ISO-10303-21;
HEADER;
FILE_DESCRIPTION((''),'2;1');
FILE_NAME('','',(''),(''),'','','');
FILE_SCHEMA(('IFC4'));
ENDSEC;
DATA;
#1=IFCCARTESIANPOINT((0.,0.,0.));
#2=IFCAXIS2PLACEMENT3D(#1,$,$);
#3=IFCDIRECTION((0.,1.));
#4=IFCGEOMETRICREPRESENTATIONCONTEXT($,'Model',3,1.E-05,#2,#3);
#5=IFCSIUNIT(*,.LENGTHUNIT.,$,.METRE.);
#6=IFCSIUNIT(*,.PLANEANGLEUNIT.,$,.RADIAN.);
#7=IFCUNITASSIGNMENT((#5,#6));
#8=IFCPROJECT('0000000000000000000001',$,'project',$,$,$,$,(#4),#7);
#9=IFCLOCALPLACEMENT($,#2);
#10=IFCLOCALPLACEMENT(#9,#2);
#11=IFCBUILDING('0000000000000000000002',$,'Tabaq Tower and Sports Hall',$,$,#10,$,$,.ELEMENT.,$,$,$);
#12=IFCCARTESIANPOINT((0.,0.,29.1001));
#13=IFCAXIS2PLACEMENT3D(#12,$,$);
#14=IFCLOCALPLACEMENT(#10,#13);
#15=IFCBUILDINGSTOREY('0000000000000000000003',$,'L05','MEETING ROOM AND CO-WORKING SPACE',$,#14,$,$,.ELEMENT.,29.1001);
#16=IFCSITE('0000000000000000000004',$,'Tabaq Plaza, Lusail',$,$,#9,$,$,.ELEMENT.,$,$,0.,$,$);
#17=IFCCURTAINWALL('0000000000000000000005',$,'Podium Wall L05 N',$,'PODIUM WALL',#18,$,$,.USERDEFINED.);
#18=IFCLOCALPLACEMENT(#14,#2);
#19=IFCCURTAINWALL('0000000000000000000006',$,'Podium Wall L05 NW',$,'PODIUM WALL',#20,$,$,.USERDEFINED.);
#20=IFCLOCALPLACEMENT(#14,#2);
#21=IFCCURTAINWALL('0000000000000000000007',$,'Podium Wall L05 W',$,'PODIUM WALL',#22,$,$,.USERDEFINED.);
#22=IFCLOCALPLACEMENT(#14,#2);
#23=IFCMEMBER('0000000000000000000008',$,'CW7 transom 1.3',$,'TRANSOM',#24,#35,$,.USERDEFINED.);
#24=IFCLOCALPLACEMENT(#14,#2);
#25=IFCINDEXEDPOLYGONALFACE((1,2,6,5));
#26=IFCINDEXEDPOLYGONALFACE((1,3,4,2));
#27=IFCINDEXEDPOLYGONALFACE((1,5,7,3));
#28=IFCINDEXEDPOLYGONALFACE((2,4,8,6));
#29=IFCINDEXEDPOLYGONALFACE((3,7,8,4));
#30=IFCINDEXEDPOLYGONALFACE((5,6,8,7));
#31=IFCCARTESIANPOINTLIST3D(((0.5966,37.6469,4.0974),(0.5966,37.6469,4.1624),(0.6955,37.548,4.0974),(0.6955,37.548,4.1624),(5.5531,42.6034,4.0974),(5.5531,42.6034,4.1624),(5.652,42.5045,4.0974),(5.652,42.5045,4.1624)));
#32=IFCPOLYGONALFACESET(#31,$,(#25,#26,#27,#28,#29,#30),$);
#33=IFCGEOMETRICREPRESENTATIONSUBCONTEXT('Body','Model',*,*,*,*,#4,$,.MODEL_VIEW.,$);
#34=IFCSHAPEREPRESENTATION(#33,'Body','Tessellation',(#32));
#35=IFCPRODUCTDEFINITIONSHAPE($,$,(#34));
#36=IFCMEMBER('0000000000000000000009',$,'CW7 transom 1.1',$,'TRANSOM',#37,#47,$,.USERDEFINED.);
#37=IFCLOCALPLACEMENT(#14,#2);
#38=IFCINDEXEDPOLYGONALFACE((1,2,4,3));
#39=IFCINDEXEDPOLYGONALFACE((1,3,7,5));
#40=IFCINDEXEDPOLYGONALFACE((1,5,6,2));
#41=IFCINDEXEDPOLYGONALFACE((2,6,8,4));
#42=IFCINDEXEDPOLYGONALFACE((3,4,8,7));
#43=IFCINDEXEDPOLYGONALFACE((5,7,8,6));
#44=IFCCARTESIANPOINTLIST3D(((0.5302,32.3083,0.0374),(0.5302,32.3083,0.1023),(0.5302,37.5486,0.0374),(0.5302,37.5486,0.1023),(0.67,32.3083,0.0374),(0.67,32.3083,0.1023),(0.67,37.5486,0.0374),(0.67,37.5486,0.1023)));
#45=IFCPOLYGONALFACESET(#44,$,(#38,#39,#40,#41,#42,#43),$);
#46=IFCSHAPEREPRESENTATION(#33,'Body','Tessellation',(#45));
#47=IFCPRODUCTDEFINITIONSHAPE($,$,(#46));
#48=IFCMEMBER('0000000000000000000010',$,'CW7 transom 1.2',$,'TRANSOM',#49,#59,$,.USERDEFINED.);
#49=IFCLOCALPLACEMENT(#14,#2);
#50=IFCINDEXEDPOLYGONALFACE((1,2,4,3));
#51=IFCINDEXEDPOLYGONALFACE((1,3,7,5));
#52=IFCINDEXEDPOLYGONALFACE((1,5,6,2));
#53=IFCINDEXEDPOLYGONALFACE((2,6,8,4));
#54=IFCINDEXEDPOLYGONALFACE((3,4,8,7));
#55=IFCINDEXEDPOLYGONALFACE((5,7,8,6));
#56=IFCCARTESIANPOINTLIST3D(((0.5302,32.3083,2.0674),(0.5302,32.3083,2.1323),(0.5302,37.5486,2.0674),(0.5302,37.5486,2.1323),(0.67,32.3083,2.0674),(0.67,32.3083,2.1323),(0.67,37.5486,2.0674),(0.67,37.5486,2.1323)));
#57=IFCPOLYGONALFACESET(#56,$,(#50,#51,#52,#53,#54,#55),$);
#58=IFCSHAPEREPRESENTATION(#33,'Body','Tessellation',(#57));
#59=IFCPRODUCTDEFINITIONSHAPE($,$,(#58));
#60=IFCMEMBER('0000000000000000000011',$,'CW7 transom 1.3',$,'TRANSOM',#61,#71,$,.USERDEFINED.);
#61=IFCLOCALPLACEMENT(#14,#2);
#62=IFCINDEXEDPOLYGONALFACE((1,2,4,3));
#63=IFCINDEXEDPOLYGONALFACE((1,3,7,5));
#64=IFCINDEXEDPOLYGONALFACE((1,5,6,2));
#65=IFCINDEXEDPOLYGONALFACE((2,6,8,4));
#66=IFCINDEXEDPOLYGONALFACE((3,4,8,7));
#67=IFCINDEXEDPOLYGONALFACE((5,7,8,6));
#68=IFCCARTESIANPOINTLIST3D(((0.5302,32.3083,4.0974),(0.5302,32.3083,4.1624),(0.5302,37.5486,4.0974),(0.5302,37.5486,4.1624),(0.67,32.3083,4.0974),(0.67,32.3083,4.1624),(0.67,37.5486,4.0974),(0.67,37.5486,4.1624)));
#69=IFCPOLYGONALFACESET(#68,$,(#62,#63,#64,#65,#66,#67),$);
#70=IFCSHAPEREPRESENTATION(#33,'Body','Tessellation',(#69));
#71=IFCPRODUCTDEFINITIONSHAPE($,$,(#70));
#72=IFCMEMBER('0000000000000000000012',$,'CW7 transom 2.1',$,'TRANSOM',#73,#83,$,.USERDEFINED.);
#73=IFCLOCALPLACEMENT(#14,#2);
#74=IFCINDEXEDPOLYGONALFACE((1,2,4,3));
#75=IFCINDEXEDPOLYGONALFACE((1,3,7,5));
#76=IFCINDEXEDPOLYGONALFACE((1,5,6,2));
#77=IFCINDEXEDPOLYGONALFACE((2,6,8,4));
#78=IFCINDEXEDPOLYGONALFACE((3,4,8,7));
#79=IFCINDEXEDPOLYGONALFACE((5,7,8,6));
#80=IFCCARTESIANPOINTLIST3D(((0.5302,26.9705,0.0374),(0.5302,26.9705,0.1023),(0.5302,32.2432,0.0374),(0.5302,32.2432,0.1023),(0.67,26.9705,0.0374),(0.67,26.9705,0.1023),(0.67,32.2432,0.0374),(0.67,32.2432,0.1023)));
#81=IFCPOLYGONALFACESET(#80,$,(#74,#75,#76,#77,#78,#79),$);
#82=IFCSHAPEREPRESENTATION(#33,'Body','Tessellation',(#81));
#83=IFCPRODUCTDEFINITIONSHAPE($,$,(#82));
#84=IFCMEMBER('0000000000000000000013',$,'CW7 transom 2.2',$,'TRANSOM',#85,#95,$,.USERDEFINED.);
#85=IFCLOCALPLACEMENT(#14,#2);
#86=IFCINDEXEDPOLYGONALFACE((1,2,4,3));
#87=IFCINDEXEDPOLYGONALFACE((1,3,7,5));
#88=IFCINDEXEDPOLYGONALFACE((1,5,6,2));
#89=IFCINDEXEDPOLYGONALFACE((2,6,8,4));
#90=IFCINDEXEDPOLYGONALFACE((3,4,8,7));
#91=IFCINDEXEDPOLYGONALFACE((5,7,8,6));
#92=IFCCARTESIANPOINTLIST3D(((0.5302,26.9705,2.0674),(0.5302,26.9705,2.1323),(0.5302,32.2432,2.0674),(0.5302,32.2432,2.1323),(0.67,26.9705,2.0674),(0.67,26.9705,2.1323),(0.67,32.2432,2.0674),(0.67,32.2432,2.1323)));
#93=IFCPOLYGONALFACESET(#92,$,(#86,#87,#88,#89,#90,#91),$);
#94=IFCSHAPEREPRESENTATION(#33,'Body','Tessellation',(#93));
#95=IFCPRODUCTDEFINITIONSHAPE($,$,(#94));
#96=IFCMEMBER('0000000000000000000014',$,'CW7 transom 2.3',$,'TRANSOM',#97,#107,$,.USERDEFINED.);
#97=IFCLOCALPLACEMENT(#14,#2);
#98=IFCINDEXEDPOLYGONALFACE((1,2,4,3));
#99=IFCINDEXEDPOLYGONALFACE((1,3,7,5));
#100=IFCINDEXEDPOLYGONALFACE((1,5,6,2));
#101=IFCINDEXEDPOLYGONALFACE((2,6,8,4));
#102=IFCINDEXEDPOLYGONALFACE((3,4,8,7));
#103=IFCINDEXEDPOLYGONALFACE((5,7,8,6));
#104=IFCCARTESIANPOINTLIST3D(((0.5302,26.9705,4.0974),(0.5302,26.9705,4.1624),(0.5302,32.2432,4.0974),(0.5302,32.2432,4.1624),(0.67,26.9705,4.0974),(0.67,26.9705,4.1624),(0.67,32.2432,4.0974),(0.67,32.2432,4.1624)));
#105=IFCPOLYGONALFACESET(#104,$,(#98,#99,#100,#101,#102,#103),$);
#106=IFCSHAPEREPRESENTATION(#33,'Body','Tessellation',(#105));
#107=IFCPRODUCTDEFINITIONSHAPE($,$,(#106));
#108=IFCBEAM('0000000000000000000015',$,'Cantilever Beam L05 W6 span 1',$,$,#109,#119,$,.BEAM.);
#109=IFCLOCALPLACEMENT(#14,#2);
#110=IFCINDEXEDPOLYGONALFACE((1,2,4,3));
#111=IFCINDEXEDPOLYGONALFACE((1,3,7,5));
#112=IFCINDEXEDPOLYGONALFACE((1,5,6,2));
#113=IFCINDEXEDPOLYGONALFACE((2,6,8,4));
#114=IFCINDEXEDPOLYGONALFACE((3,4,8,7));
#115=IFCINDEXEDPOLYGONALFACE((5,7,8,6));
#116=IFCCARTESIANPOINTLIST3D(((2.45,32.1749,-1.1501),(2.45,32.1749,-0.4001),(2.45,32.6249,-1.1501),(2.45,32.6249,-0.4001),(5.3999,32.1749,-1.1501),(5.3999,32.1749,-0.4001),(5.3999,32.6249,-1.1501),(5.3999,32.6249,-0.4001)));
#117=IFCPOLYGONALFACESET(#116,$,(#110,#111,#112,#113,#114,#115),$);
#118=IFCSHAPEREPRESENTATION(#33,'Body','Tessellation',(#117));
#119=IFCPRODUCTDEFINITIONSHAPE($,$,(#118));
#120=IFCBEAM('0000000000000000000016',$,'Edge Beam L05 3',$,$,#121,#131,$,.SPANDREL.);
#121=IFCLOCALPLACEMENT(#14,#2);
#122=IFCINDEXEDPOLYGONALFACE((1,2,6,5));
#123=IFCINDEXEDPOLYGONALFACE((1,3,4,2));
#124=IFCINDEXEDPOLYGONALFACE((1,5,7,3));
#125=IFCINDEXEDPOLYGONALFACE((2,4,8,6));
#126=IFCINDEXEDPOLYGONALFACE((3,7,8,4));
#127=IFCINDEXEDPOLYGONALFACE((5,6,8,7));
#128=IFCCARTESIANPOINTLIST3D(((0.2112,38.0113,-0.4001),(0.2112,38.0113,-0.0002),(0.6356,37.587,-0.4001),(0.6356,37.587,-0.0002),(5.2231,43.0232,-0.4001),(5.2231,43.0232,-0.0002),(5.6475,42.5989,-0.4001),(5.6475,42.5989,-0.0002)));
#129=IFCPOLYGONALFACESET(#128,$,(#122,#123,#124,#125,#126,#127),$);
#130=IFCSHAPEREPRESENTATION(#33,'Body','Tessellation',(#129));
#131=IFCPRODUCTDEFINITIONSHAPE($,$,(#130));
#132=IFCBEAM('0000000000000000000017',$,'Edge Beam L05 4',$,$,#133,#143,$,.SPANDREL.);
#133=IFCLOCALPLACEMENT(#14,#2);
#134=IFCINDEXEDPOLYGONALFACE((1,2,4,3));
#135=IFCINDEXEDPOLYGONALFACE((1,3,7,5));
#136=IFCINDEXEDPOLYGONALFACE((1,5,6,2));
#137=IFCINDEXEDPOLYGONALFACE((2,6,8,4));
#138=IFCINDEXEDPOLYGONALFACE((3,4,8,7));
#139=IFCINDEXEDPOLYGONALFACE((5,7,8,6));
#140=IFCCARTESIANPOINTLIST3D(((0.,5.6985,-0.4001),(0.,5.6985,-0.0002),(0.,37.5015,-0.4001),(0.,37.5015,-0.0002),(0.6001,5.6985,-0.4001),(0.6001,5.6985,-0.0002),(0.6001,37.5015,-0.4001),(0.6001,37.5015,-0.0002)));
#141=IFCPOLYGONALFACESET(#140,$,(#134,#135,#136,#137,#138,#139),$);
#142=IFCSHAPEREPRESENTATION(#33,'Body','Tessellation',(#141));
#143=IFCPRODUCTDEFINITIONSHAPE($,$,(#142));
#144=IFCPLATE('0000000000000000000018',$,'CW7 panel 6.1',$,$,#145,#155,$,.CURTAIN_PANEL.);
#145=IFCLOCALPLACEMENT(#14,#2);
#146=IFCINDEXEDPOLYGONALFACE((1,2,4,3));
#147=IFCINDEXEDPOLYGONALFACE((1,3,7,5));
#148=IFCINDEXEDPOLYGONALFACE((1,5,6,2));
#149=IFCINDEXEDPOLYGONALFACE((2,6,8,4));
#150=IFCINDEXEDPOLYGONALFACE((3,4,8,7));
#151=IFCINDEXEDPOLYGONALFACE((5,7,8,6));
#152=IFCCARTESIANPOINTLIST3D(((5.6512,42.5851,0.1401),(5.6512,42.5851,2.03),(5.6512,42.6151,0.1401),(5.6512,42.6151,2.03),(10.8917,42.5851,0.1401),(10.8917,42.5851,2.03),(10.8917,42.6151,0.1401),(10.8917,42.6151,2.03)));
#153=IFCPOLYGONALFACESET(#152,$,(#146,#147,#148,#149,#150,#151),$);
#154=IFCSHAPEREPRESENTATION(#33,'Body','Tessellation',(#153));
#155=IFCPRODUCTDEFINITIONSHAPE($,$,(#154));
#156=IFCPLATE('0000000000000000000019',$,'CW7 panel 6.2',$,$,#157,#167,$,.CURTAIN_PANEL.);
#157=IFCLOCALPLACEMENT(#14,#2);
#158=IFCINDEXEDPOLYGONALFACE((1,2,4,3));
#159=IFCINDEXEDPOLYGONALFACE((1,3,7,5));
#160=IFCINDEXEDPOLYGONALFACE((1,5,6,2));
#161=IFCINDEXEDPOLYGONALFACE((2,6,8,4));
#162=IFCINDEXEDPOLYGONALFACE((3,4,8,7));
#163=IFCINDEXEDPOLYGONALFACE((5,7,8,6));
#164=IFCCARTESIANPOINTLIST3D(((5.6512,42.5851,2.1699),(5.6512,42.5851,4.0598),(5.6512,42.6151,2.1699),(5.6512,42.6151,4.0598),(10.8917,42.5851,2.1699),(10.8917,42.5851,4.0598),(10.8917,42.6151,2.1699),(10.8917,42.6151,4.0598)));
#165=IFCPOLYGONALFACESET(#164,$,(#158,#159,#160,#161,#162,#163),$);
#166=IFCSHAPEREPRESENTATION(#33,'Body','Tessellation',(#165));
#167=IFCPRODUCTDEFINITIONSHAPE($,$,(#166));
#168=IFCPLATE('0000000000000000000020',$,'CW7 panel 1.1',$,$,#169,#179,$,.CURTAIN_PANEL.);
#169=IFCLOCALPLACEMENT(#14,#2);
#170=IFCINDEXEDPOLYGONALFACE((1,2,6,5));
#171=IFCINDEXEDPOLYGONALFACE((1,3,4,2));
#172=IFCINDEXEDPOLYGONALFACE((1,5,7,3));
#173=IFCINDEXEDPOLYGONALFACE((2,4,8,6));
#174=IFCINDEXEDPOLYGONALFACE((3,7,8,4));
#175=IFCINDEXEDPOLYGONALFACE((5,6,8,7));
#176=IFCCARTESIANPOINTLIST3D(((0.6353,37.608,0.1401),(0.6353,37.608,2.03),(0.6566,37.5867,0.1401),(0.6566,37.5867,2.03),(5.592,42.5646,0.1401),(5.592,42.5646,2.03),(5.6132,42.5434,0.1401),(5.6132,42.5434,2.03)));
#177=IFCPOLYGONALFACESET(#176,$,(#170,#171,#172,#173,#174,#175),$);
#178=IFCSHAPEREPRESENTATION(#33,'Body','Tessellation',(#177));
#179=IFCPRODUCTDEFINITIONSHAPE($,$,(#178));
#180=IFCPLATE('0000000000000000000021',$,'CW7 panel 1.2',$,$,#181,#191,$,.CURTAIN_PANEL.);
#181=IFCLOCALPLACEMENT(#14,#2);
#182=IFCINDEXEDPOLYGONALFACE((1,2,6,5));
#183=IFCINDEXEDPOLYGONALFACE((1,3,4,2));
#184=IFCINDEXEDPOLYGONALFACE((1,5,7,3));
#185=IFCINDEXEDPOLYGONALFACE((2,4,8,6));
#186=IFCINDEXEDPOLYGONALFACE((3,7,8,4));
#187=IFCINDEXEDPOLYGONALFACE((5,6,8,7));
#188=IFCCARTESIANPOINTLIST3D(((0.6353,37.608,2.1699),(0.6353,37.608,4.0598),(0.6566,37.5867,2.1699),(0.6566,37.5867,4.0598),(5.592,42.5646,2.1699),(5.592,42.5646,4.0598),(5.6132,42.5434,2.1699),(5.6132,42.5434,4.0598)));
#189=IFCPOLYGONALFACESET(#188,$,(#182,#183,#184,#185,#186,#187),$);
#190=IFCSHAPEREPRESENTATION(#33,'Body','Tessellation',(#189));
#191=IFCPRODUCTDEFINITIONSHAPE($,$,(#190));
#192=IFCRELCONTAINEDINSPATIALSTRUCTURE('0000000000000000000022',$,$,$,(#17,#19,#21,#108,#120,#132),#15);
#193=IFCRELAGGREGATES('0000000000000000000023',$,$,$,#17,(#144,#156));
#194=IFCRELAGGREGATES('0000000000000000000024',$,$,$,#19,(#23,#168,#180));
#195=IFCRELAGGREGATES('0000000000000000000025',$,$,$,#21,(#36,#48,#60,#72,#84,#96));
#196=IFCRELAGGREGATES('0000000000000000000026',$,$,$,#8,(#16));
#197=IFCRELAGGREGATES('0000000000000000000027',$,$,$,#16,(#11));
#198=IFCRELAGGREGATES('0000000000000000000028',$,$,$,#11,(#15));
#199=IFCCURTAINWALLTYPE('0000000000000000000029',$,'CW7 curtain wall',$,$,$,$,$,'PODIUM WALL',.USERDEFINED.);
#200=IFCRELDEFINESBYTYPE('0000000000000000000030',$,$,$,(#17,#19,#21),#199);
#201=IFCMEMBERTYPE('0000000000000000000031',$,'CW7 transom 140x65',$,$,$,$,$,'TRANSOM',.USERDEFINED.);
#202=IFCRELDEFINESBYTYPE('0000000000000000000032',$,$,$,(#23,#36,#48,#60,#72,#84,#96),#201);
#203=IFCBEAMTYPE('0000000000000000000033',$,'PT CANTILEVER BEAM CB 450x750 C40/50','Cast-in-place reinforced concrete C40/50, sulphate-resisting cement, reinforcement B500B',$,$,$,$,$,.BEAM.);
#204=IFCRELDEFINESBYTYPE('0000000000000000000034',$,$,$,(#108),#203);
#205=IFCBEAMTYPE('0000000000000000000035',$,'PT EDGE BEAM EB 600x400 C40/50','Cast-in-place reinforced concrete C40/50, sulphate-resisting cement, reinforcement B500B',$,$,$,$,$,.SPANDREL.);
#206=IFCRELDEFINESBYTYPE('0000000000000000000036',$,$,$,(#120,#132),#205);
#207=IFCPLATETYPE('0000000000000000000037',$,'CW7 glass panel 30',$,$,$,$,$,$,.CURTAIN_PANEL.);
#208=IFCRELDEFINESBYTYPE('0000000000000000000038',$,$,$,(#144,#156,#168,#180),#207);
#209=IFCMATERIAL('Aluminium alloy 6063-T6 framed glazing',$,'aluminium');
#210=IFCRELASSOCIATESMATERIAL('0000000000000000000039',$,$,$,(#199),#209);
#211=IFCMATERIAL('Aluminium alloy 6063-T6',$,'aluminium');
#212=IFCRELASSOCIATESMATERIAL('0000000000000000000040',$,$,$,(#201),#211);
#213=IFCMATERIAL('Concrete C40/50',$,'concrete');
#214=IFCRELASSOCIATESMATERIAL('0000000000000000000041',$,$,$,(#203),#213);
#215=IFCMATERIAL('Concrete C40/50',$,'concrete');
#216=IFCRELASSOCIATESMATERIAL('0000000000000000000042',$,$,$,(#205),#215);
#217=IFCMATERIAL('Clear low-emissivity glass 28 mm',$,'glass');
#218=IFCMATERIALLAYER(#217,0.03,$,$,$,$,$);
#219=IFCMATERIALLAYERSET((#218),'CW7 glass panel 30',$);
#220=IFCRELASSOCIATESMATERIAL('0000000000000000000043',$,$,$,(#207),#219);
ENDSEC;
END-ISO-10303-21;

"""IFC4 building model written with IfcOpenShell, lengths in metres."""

from ifc_helpers import new_model, si_unit, direction, frame, origin, origin_2d, place, context, subcontext, project, spatial, rectangle, extrude, material, layer, layer_set, material_profile, profile_set, type_object, element, aggregate, save


model = new_model("IFC4")

# Units and contexts
model_context = context("Model", 3, precision=1e-05, world=origin(), true_north=direction((0.0, 1.0)))
body_context = subcontext(model_context, "Body", "Model", "MODEL_VIEW")
ifc_project = project(units=[si_unit("LENGTHUNIT", "METRE"), si_unit("PLANEANGLEUNIT", "RADIAN")], contexts=[model_context])

# Site, building, storey
site_placement = place(None, origin())
site = spatial("IfcSite", under=ifc_project, at=site_placement, Name="Tabaq Plaza, Lusail", CompositionType="ELEMENT", RefElevation=0.0)
building_placement = place(site_placement, origin())
building = spatial("IfcBuilding", under=site, at=building_placement, Name="Tabaq Tower and Sports Hall", CompositionType="ELEMENT")
storey_placement = place(building_placement, frame((0.0, 0.0, 29.1001)))
storey = spatial("IfcBuildingStorey", under=building, at=storey_placement, Name="L05", Description="MEETING ROOM AND CO-WORKING SPACE", CompositionType="ELEMENT", Elevation=29.1001)

# Curtain wall
ifc_material_1 = material(Name="Aluminium alloy 6063-T6 framed glazing", Category="aluminium")
curtain_wall_type = type_object("IfcCurtainWallType", Name="CW7 curtain wall", ElementType="PODIUM WALL", PredefinedType="USERDEFINED", material=ifc_material_1)
curtain_wall_1_placement = place(storey_placement, origin())
curtain_wall_1 = element("IfcCurtainWall", 1, at=curtain_wall_1_placement, inside=storey, type_object=curtain_wall_type, Name="Podium Wall L05 N", ObjectType="PODIUM WALL", PredefinedType="USERDEFINED")

# Curtain walls
curtain_wall_2_placement = place(storey_placement, origin())
curtain_wall_2 = element("IfcCurtainWall", 2, at=curtain_wall_2_placement, inside=storey, type_object=curtain_wall_type, Name="Podium Wall L05 NW", ObjectType="PODIUM WALL", PredefinedType="USERDEFINED")
curtain_wall_3_placement = place(storey_placement, origin())
curtain_wall_3 = element("IfcCurtainWall", 3, at=curtain_wall_3_placement, inside=storey, type_object=curtain_wall_type, Name="Podium Wall L05 W", ObjectType="PODIUM WALL", PredefinedType="USERDEFINED")

# Members
ifc_material_2 = material(Name="Aluminium alloy 6063-T6", Category="aluminium")
ifc_material_profile_1 = material_profile(ifc_material_2, rectangle(XDim=0.1399, YDim=0.0649, at=origin_2d()), Name="TRANSOM 140x65")
ifc_profile_set_1 = profile_set([ifc_material_profile_1], Name="Aluminium alloy 6063-T6")
member_type_1 = type_object("IfcMemberType", Name="CW7 transom 140x65", ElementType="TRANSOM", PredefinedType="USERDEFINED", material=ifc_profile_set_1)
member_1_placement = place(storey_placement, frame((5.6025, 42.554, 4.1299), z_axis=(-0.707107, -0.707107, 0.0), x_axis=(0.707107, -0.707107, 0.0)))
member_1 = element("IfcMember", 4, at=member_1_placement, type_object=member_type_1, Name="CW7 transom 1.3", ObjectType="TRANSOM", PredefinedType="USERDEFINED", context=body_context, shape_type="SweptSolid", body=[
    extrude(rectangle(XDim=0.1399, YDim=0.0649, at=origin_2d()), origin(), (0.0, 0.0, 1.0), 7.0095),
])
member_2_placement = place(storey_placement, frame((0.6001, 37.5486, 0.0698), z_axis=(0.0, -1.0, 0.0), x_axis=(1.0, 0.0, 0.0)))
member_2 = element("IfcMember", 5, at=member_2_placement, type_object=member_type_1, Name="CW7 transom 1.1", ObjectType="TRANSOM", PredefinedType="USERDEFINED", context=body_context, shape_type="SweptSolid", body=[
    extrude(rectangle(XDim=0.1399, YDim=0.0649, at=origin_2d()), origin(), (0.0, 0.0, 1.0), 5.2402),
])
member_3_placement = place(storey_placement, frame((0.6001, 37.5486, 2.0999), z_axis=(0.0, -1.0, 0.0), x_axis=(1.0, 0.0, 0.0)))
member_3 = element("IfcMember", 6, at=member_3_placement, type_object=member_type_1, Name="CW7 transom 1.2", ObjectType="TRANSOM", PredefinedType="USERDEFINED", context=body_context, shape_type="SweptSolid", body=[
    extrude(rectangle(XDim=0.1399, YDim=0.0649, at=origin_2d()), origin(), (0.0, 0.0, 1.0), 5.2402),
])
member_4_placement = place(storey_placement, frame((0.6001, 37.5486, 4.1299), z_axis=(0.0, -1.0, 0.0), x_axis=(1.0, 0.0, 0.0)))
member_4 = element("IfcMember", 7, at=member_4_placement, type_object=member_type_1, Name="CW7 transom 1.3", ObjectType="TRANSOM", PredefinedType="USERDEFINED", context=body_context, shape_type="SweptSolid", body=[
    extrude(rectangle(XDim=0.1399, YDim=0.0649, at=origin_2d()), origin(), (0.0, 0.0, 1.0), 5.2402),
])
member_5_placement = place(storey_placement, frame((0.6001, 32.2432, 0.0698), z_axis=(0.0, -1.0, 0.0), x_axis=(1.0, 0.0, 0.0)))
member_5 = element("IfcMember", 8, at=member_5_placement, type_object=member_type_1, Name="CW7 transom 2.1", ObjectType="TRANSOM", PredefinedType="USERDEFINED", context=body_context, shape_type="SweptSolid", body=[
    extrude(rectangle(XDim=0.1399, YDim=0.0649, at=origin_2d()), origin(), (0.0, 0.0, 1.0), 5.2727),
])
member_6_placement = place(storey_placement, frame((0.6001, 32.2432, 2.0999), z_axis=(0.0, -1.0, 0.0), x_axis=(1.0, 0.0, 0.0)))
member_6 = element("IfcMember", 9, at=member_6_placement, type_object=member_type_1, Name="CW7 transom 2.2", ObjectType="TRANSOM", PredefinedType="USERDEFINED", context=body_context, shape_type="SweptSolid", body=[
    extrude(rectangle(XDim=0.1399, YDim=0.0649, at=origin_2d()), origin(), (0.0, 0.0, 1.0), 5.2727),
])
member_7_placement = place(storey_placement, frame((0.6001, 32.2432, 4.1299), z_axis=(0.0, -1.0, 0.0), x_axis=(1.0, 0.0, 0.0)))
member_7 = element("IfcMember", 10, at=member_7_placement, type_object=member_type_1, Name="CW7 transom 2.3", ObjectType="TRANSOM", PredefinedType="USERDEFINED", context=body_context, shape_type="SweptSolid", body=[
    extrude(rectangle(XDim=0.1399, YDim=0.0649, at=origin_2d()), origin(), (0.0, 0.0, 1.0), 5.2727),
])

# Beams
ifc_material_3 = material(Name="Concrete C40/50", Category="concrete")
ifc_material_profile_2 = material_profile(ifc_material_3, rectangle(XDim=0.45, YDim=0.75, at=origin_2d()), Name="CB 450x750")
ifc_profile_set_2 = profile_set([ifc_material_profile_2], Name="Concrete C40/50")
beam_type_1 = type_object("IfcBeamType", Name="PT CANTILEVER BEAM CB 450x750 C40/50", Description="Cast-in-place reinforced concrete C40/50, sulphate-resisting cement, reinforcement B500B", PredefinedType="BEAM", material=ifc_profile_set_2)
beam_1_placement = place(storey_placement, frame((2.45, 32.3999, -0.7751), z_axis=(1.0, 0.0, 0.0), x_axis=(0.0, 1.0, 0.0)))
element("IfcBeam", 11, at=beam_1_placement, inside=storey, type_object=beam_type_1, Name="Cantilever Beam L05 W6 span 1", PredefinedType="BEAM", context=body_context, shape_type="SweptSolid", body=[
    extrude(rectangle(XDim=0.45, YDim=0.75, at=origin_2d()), origin(), (0.0, 0.0, 1.0), 2.95),
])
ifc_material_4 = material(Name="Concrete C40/50", Category="concrete")
ifc_material_profile_3 = material_profile(ifc_material_4, rectangle(XDim=0.6001, YDim=0.3999, at=origin_2d()), Name="EB 600x400")
ifc_profile_set_3 = profile_set([ifc_material_profile_3], Name="Concrete C40/50")
beam_type_2 = type_object("IfcBeamType", Name="PT EDGE BEAM EB 600x400 C40/50", Description="Cast-in-place reinforced concrete C40/50, sulphate-resisting cement, reinforcement B500B", PredefinedType="SPANDREL", material=ifc_profile_set_3)
beam_2_placement = place(storey_placement, frame((5.4353, 42.811, -0.2002), z_axis=(-0.707107, -0.707107, 0.0), x_axis=(0.707107, -0.707107, 0.0)))
element("IfcBeam", 12, at=beam_2_placement, inside=storey, type_object=beam_type_2, Name="Edge Beam L05 3", PredefinedType="SPANDREL", context=body_context, shape_type="SweptSolid", body=[
    extrude(rectangle(XDim=0.6001, YDim=0.3999, at=origin_2d()), origin(), (0.0, 0.0, 1.0), 7.0879),
])
beam_3_placement = place(storey_placement, frame((0.3, 37.5015, -0.2002), z_axis=(0.0, -1.0, 0.0), x_axis=(1.0, 0.0, 0.0)))
element("IfcBeam", 13, at=beam_3_placement, inside=storey, type_object=beam_type_2, Name="Edge Beam L05 4", PredefinedType="SPANDREL", context=body_context, shape_type="SweptSolid", body=[
    extrude(rectangle(XDim=0.6001, YDim=0.3999, at=origin_2d()), origin(), (0.0, 0.0, 1.0), 31.803),
])

# Plates
ifc_material_5 = material(Name="Clear low-emissivity glass 28 mm", Category="glass")
ifc_layer_1 = layer(ifc_material_5, 0.03)
ifc_layer_set_1 = layer_set([ifc_layer_1], Name="CW7 glass panel 30")
plate_type = type_object("IfcPlateType", Name="CW7 glass panel 30", PredefinedType="CURTAIN_PANEL", material=ifc_layer_set_1)
plate_1_placement = place(storey_placement, frame((8.2715, 42.6001, 0.1401), z_axis=(0.0, 0.0, 1.0), x_axis=(-1.0, 0.0, 0.0)))
plate_1 = element("IfcPlate", 14, at=plate_1_placement, type_object=plate_type, Name="CW7 panel 6.1", PredefinedType="CURTAIN_PANEL", context=body_context, shape_type="SweptSolid", body=[
    extrude(rectangle(XDim=5.2405, YDim=0.03, at=origin_2d()), origin(), (0.0, 0.0, 1.0), 1.8899),
])
plate_2_placement = place(storey_placement, frame((8.2715, 42.6001, 2.1699), z_axis=(0.0, 0.0, 1.0), x_axis=(-1.0, 0.0, 0.0)))
plate_2 = element("IfcPlate", 15, at=plate_2_placement, type_object=plate_type, Name="CW7 panel 6.2", PredefinedType="CURTAIN_PANEL", context=body_context, shape_type="SweptSolid", body=[
    extrude(rectangle(XDim=5.2405, YDim=0.03, at=origin_2d()), origin(), (0.0, 0.0, 1.0), 1.8899),
])
aggregate(curtain_wall_1, [plate_1, plate_2])
plate_3_placement = place(storey_placement, frame((3.1243, 40.0757, 0.1401), z_axis=(0.0, 0.0, 1.0), x_axis=(-0.707107, -0.707107, 0.0)))
plate_3 = element("IfcPlate", 16, at=plate_3_placement, type_object=plate_type, Name="CW7 panel 1.1", PredefinedType="CURTAIN_PANEL", context=body_context, shape_type="SweptSolid", body=[
    extrude(rectangle(XDim=7.0098, YDim=0.03, at=origin_2d()), origin(), (0.0, 0.0, 1.0), 1.8899),
])
plate_4_placement = place(storey_placement, frame((3.1243, 40.0757, 2.1699), z_axis=(0.0, 0.0, 1.0), x_axis=(-0.707107, -0.707107, 0.0)))
plate_4 = element("IfcPlate", 17, at=plate_4_placement, type_object=plate_type, Name="CW7 panel 1.2", PredefinedType="CURTAIN_PANEL", context=body_context, shape_type="SweptSolid", body=[
    extrude(rectangle(XDim=7.0098, YDim=0.03, at=origin_2d()), origin(), (0.0, 0.0, 1.0), 1.8899),
])
aggregate(curtain_wall_2, [member_1, plate_3, plate_4])
aggregate(curtain_wall_3, [member_2, member_3, member_4, member_5, member_6, member_7])

save(model, "model.ifc")
